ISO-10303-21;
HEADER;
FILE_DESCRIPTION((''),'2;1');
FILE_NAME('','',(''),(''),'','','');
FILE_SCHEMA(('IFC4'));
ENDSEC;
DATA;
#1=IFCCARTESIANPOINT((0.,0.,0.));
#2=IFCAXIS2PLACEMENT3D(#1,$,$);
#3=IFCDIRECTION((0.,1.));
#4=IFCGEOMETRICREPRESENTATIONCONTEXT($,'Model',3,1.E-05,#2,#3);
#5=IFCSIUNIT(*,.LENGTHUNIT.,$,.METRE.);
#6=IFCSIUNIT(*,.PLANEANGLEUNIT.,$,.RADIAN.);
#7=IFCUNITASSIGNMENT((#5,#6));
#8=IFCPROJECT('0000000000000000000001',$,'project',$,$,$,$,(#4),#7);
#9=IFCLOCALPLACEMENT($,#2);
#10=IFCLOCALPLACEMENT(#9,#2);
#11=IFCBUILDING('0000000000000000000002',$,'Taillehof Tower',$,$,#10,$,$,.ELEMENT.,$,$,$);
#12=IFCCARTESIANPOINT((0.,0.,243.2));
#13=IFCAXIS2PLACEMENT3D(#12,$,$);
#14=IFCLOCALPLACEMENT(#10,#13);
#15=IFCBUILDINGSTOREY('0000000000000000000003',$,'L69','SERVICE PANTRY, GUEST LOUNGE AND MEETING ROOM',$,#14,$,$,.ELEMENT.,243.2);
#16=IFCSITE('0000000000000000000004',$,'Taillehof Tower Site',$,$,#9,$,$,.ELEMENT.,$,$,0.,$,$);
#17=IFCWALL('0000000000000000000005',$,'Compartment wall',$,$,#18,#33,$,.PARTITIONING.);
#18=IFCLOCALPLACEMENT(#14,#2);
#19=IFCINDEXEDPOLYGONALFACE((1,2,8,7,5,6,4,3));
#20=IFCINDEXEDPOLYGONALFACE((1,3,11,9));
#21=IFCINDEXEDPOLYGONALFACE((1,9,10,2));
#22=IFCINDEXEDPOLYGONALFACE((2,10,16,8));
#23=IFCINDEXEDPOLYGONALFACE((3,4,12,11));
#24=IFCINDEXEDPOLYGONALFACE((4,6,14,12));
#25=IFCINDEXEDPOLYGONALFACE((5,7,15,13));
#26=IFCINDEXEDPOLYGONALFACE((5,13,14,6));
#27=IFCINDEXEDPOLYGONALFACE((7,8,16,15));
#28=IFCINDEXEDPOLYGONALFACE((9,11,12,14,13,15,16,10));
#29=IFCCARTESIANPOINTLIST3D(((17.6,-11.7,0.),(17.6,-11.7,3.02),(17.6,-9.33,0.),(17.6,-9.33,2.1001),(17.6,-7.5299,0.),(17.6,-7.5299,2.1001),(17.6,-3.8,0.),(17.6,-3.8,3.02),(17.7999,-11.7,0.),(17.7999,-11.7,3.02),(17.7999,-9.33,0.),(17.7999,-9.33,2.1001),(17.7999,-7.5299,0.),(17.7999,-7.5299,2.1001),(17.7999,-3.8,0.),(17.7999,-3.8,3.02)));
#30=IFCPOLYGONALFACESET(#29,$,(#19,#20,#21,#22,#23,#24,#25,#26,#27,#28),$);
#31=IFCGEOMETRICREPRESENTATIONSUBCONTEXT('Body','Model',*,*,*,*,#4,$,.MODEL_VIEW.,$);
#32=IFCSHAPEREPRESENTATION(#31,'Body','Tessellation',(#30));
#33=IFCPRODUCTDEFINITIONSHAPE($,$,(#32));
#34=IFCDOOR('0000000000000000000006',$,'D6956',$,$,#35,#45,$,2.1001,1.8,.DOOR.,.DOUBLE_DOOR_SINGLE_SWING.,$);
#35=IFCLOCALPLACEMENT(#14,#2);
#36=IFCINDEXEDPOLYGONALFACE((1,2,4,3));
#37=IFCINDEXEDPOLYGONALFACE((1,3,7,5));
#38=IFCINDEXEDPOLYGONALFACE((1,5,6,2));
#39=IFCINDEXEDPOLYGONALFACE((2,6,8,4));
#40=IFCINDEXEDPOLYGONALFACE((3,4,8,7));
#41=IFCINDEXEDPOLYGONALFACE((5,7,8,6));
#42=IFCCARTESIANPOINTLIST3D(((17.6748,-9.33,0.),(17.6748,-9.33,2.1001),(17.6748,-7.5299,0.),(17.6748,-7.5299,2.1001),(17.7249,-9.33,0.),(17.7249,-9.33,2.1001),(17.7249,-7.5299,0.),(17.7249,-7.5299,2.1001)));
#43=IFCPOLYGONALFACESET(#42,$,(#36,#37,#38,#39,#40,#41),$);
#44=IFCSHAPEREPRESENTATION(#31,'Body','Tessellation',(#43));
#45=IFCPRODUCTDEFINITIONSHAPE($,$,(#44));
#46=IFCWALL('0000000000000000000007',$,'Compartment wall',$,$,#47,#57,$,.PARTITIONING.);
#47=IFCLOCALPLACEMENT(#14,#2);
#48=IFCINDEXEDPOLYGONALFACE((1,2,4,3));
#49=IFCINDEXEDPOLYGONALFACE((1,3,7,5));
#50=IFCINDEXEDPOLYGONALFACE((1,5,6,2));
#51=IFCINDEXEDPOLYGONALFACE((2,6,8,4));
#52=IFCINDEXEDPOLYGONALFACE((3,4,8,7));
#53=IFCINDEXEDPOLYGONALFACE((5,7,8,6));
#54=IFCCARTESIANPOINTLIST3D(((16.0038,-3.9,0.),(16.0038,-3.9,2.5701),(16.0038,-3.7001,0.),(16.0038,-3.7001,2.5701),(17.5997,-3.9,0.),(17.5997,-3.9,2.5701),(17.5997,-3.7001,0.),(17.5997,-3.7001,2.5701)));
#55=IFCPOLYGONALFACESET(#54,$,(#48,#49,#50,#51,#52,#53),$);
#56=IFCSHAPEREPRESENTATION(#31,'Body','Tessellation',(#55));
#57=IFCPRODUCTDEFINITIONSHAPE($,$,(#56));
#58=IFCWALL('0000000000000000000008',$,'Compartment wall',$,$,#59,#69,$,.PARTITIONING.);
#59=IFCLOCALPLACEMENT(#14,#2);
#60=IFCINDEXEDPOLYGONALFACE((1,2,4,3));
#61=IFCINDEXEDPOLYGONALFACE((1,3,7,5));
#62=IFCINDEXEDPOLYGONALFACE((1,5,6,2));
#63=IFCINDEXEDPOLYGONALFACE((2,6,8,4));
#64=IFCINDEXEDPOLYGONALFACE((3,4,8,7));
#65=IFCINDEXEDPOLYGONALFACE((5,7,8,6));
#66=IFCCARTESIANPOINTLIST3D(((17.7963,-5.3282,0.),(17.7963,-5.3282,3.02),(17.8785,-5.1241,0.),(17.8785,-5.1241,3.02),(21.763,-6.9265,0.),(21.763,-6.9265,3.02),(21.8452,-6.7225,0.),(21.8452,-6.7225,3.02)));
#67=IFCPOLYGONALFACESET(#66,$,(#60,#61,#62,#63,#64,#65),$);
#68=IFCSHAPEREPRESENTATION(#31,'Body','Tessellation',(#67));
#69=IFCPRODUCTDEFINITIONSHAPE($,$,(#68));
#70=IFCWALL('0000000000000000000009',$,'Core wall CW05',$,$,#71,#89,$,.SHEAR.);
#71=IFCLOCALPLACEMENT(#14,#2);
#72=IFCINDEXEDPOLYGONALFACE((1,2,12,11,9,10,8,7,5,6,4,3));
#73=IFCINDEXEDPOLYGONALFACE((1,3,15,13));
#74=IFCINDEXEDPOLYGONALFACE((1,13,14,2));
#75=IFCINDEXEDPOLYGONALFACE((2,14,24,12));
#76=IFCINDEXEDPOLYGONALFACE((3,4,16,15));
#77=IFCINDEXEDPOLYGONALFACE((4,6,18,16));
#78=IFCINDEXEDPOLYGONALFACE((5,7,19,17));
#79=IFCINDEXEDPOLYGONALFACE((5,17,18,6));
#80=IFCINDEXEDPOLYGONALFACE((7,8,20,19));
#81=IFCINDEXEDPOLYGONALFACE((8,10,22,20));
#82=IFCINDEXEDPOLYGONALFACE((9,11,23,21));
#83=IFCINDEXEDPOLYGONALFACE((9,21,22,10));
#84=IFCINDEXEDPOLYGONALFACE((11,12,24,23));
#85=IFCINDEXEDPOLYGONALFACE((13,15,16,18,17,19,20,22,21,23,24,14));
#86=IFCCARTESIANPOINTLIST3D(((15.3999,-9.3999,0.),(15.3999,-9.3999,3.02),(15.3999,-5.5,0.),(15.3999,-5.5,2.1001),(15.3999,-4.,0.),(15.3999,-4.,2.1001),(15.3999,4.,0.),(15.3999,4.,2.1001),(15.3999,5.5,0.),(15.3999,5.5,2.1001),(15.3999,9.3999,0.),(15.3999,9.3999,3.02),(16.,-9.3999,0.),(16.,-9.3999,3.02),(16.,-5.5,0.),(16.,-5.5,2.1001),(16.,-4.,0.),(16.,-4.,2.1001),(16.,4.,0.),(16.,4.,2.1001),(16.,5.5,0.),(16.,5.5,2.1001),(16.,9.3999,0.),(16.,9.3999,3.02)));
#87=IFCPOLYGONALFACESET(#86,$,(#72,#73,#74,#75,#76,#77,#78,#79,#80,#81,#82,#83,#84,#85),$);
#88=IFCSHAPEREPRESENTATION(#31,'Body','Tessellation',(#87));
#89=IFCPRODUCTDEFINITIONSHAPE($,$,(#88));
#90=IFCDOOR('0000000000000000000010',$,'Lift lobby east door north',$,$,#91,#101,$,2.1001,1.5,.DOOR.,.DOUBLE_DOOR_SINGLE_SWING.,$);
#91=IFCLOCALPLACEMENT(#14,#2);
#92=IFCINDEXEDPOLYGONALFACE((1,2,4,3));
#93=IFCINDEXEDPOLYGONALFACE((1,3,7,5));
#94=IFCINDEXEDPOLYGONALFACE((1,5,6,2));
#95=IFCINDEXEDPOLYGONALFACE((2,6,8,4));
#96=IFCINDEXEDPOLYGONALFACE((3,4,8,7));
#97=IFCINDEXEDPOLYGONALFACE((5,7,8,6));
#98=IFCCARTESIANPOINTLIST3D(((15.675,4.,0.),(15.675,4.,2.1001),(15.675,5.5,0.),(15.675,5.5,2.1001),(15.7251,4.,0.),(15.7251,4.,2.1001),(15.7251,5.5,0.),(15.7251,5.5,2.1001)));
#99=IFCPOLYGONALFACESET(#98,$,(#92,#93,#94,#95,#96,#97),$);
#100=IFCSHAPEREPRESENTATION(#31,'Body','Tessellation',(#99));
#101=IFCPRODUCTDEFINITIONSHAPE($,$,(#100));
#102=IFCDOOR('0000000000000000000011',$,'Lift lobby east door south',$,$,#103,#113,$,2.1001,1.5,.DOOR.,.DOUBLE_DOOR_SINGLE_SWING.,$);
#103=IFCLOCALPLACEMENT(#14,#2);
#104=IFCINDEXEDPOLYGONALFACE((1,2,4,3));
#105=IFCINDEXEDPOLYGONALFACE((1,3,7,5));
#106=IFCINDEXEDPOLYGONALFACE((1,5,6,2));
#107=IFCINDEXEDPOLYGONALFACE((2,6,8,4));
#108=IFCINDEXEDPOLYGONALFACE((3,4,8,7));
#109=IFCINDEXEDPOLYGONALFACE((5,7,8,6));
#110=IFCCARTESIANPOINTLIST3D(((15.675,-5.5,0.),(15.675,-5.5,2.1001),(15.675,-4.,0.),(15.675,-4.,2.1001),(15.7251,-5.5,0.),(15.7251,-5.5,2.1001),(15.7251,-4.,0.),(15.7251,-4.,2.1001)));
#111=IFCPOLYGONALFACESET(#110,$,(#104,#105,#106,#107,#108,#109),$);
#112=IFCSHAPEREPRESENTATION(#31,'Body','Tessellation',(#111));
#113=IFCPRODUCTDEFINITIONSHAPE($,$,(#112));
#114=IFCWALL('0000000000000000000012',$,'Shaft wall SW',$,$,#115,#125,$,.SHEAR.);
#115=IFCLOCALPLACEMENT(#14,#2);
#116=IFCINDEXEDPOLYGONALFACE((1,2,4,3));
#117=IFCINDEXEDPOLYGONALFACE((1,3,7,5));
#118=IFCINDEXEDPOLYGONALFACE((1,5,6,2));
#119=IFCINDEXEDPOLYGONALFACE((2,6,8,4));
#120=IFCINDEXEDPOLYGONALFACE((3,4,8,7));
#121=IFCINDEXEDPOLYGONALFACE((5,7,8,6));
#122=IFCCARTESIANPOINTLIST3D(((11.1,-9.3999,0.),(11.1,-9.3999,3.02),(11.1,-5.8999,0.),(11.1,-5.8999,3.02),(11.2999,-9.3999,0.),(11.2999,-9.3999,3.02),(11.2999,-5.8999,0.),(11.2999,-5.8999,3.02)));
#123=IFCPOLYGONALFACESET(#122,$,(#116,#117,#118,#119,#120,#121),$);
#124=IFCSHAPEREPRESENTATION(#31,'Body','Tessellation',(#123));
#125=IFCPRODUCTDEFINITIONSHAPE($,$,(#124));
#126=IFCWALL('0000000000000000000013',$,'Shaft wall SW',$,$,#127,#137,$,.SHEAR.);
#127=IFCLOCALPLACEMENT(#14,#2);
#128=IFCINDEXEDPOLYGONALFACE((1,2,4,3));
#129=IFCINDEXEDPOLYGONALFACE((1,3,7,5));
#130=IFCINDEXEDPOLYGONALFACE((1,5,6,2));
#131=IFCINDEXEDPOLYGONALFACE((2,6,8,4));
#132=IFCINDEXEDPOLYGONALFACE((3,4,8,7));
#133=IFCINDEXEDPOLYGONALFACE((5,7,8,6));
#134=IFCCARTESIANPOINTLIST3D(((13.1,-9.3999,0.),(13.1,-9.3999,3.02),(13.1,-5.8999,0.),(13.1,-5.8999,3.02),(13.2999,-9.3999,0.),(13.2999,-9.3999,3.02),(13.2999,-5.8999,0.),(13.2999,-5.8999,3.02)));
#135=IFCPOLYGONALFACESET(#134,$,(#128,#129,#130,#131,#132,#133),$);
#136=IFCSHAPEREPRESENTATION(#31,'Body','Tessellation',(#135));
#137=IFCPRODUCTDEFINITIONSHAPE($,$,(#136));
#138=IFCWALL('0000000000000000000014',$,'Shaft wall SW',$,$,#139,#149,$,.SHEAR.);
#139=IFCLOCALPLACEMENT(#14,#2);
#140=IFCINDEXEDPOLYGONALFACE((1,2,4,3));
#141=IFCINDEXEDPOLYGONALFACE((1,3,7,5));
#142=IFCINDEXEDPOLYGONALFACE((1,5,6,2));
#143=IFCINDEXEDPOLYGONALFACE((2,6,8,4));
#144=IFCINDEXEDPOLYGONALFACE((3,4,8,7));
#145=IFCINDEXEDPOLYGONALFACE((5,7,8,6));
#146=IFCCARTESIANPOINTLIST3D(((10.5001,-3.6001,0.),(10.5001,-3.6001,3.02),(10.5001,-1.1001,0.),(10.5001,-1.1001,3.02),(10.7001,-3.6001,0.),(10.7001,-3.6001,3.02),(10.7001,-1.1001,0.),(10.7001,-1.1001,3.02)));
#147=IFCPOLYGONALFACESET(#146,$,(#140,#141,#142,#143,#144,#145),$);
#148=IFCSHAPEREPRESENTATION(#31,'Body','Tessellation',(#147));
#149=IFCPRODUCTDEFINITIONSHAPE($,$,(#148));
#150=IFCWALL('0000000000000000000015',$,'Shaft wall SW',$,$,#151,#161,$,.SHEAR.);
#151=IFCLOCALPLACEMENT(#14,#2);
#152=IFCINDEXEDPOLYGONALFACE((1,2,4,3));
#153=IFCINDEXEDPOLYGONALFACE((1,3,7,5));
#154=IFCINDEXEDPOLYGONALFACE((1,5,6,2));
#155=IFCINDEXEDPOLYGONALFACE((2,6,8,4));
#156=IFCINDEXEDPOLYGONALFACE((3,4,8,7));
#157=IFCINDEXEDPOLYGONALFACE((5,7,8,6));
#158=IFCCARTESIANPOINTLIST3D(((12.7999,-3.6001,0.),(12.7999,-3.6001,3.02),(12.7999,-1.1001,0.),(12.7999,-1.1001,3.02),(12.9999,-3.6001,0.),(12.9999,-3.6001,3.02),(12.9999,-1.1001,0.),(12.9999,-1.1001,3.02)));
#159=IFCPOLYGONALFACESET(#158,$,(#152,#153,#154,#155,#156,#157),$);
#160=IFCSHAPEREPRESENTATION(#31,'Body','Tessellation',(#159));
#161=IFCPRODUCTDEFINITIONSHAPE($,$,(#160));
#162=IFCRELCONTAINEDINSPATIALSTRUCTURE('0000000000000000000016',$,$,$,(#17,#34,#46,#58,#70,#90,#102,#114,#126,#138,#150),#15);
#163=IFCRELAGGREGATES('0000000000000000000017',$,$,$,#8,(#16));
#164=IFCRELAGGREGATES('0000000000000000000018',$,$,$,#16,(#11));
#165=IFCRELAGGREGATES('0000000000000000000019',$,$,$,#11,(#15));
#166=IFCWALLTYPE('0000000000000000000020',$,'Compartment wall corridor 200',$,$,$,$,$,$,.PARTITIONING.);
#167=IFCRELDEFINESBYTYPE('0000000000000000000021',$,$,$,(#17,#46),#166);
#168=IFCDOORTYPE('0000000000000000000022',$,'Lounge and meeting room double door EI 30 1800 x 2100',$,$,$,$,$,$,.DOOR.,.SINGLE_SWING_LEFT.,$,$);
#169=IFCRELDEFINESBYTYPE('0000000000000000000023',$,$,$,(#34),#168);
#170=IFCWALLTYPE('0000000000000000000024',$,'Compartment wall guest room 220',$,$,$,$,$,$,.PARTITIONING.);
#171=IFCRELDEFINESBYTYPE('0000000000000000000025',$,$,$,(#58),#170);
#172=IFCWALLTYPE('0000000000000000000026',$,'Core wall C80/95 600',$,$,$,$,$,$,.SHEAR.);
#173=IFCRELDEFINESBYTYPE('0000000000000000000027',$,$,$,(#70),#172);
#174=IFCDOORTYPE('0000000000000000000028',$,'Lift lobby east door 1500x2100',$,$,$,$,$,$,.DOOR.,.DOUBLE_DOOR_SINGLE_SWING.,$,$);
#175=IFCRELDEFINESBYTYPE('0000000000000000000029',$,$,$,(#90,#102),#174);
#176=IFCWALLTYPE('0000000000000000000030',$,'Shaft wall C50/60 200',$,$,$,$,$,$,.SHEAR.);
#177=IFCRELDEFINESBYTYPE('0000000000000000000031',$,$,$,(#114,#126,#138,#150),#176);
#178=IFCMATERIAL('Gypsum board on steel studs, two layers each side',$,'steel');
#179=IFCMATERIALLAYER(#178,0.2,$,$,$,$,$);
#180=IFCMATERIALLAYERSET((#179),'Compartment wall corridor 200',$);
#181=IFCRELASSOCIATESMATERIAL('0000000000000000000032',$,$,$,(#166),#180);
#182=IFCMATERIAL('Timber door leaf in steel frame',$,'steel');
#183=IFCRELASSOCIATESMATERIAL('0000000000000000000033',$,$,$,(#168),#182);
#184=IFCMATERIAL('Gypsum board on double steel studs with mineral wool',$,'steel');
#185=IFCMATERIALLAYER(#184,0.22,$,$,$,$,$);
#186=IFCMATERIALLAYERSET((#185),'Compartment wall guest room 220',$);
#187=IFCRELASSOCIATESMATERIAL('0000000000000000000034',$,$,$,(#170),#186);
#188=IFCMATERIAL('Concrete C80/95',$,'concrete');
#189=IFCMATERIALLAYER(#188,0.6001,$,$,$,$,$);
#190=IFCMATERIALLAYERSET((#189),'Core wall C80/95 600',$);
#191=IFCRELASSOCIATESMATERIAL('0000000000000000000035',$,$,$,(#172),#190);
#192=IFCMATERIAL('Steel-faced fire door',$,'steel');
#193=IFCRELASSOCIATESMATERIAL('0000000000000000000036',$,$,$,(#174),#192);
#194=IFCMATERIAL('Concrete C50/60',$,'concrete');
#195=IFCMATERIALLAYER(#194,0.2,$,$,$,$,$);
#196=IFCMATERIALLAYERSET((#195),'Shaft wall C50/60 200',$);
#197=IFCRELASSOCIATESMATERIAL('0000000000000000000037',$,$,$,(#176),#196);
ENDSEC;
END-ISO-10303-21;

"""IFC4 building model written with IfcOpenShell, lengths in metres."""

from ifc_helpers import new_model, si_unit, direction, frame, frame_2d, origin, place, context, subcontext, project, spatial, rectangle, extrude, material, layer, layer_set, type_object, element, fill, save


model = new_model("IFC4")

# Units and contexts
model_context = context("Model", 3, precision=1e-05, world=origin(), true_north=direction((0.0, 1.0)))
body_context = subcontext(model_context, "Body", "Model", "MODEL_VIEW")
ifc_project = project(units=[si_unit("LENGTHUNIT", "METRE"), si_unit("PLANEANGLEUNIT", "RADIAN")], contexts=[model_context])

# Site, building, storey
site_placement = place(None, origin())
site = spatial("IfcSite", under=ifc_project, at=site_placement, Name="Taillehof Tower Site", CompositionType="ELEMENT", RefElevation=0.0)
building_placement = place(site_placement, origin())
building = spatial("IfcBuilding", under=site, at=building_placement, Name="Taillehof Tower", CompositionType="ELEMENT")
storey_placement = place(building_placement, frame((0.0, 0.0, 243.2)))
storey = spatial("IfcBuildingStorey", under=building, at=storey_placement, Name="L69", Description="SERVICE PANTRY, GUEST LOUNGE AND MEETING ROOM", CompositionType="ELEMENT", Elevation=243.2)

# Wall, opening, door
ifc_material_1 = material(Name="Gypsum board on steel studs, two layers each side", Category="steel")
ifc_layer_1 = layer(ifc_material_1, 0.2)
ifc_layer_set_1 = layer_set([ifc_layer_1], Name="Compartment wall corridor 200")
wall_type_1 = type_object("IfcWallType", Name="Compartment wall corridor 200", PredefinedType="PARTITIONING", material=ifc_layer_set_1)
wall_1_placement = place(storey_placement, frame((17.7, -3.8, 0.0), z_axis=(0.0, 0.0, 1.0), x_axis=(0.0, -1.0, 0.0)))
wall_1 = element("IfcWall", 1, at=wall_1_placement, inside=storey, type_object=wall_type_1, Name="Compartment wall", PredefinedType="PARTITIONING", context=body_context, shape_type="SweptSolid", body=[
    extrude(rectangle(XDim=7.8999, YDim=0.2, at=frame_2d((3.95, 0.0))), origin(), (0.0, 0.0, 1.0), 3.02),
])
opening_1_placement = place(wall_1_placement, frame((3.73, 0.0, 0.0)))
opening_1 = element("IfcOpeningElement", 2, at=opening_1_placement, cuts=wall_1, PredefinedType="OPENING", context=body_context, shape_type="SweptSolid", body=[
    extrude(rectangle(XDim=1.8, YDim=2.1001, at=frame_2d((0.8999, 1.05))), frame((0.0, 0.1099, 0.0), z_axis=(0.0, -1.0, 0.0), x_axis=(1.0, 0.0, 0.0)), (0.0, 0.0, 1.0), 0.22),
])
ifc_material_2 = material(Name="Timber door leaf in steel frame", Category="steel")
door_type_1 = type_object("IfcDoorType", Name="Lounge and meeting room double door EI 30 1800 x 2100", OperationType="SINGLE_SWING_LEFT", PredefinedType="DOOR", material=ifc_material_2)
door_1_placement = place(opening_1_placement, origin())
door_1 = element("IfcDoor", 3, at=door_1_placement, inside=storey, type_object=door_type_1, Name="D6956", OperationType="DOUBLE_DOOR_SINGLE_SWING", OverallHeight=2.1001, OverallWidth=1.8, PredefinedType="DOOR", context=body_context, shape_type="SweptSolid", body=[
    extrude(rectangle(XDim=1.8, YDim=2.1001, at=frame_2d((0.8999, 1.05))), frame((0.0, 0.0249, 0.0), z_axis=(0.0, -1.0, 0.0), x_axis=(1.0, 0.0, 0.0)), (0.0, 0.0, 1.0), 0.05),
])
fill(opening_1, door_1)

# Walls
wall_2_placement = place(storey_placement, frame((16.0039, -3.8, 0.0), z_axis=(0.0, 0.0, 1.0), x_axis=(1.0, 0.0, 0.0)))
element("IfcWall", 4, at=wall_2_placement, inside=storey, type_object=wall_type_1, Name="Compartment wall", PredefinedType="PARTITIONING", context=body_context, shape_type="SweptSolid", body=[
    extrude(rectangle(XDim=1.5959, YDim=0.2, at=frame_2d((0.7979, 0.0))), origin(), (0.0, 0.0, 1.0), 2.5701),
])
ifc_material_3 = material(Name="Gypsum board on double steel studs with mineral wool", Category="steel")
ifc_layer_2 = layer(ifc_material_3, 0.22)
ifc_layer_set_2 = layer_set([ifc_layer_2], Name="Compartment wall guest room 220")
wall_type_2 = type_object("IfcWallType", Name="Compartment wall guest room 220", PredefinedType="PARTITIONING", material=ifc_layer_set_2)
wall_3_placement = place(storey_placement, frame((21.804, -6.8245, 0.0), z_axis=(0.0, 0.0, 1.0), x_axis=(-0.927533, 0.373742, 0.0)))
element("IfcWall", 5, at=wall_3_placement, inside=storey, type_object=wall_type_2, Name="Compartment wall", PredefinedType="PARTITIONING", context=body_context, shape_type="SweptSolid", body=[
    extrude(rectangle(XDim=4.2766, YDim=0.22, at=frame_2d((2.1382, 0.0))), origin(), (0.0, 0.0, 1.0), 3.02),
])

# Wall, openings, doors
ifc_material_4 = material(Name="Concrete C80/95", Category="concrete")
ifc_layer_3 = layer(ifc_material_4, 0.6001)
ifc_layer_set_3 = layer_set([ifc_layer_3], Name="Core wall C80/95 600")
wall_type_3 = type_object("IfcWallType", Name="Core wall C80/95 600", PredefinedType="SHEAR", material=ifc_layer_set_3)
wall_4_placement = place(storey_placement, frame((15.7, -9.3999, 0.0), z_axis=(0.0, 0.0, 1.0), x_axis=(0.0, 1.0, 0.0)))
wall_4 = element("IfcWall", 6, at=wall_4_placement, inside=storey, type_object=wall_type_3, Name="Core wall CW05", PredefinedType="SHEAR", context=body_context, shape_type="SweptSolid", body=[
    extrude(rectangle(XDim=18.7998, YDim=0.6001, at=frame_2d((9.3999, 0.0))), origin(), (0.0, 0.0, 1.0), 3.02),
])
opening_2_placement = place(wall_4_placement, frame((13.3999, 0.0, 0.0)))
opening_2 = element("IfcOpeningElement", 7, at=opening_2_placement, cuts=wall_4, PredefinedType="OPENING", context=body_context, shape_type="SweptSolid", body=[
    extrude(rectangle(XDim=1.5, YDim=2.1001, at=frame_2d((0.75, 1.05))), frame((0.0, 0.3101, 0.0), z_axis=(0.0, -1.0, 0.0), x_axis=(1.0, 0.0, 0.0)), (0.0, 0.0, 1.0), 0.6201),
])
opening_3_placement = place(wall_4_placement, frame((3.8999, 0.0, 0.0)))
opening_3 = element("IfcOpeningElement", 8, at=opening_3_placement, cuts=wall_4, PredefinedType="OPENING", context=body_context, shape_type="SweptSolid", body=[
    extrude(rectangle(XDim=1.5, YDim=2.1001, at=frame_2d((0.75, 1.05))), frame((0.0, 0.3101, 0.0), z_axis=(0.0, -1.0, 0.0), x_axis=(1.0, 0.0, 0.0)), (0.0, 0.0, 1.0), 0.6201),
])
ifc_material_5 = material(Name="Steel-faced fire door", Category="steel")
door_type_2 = type_object("IfcDoorType", Name="Lift lobby east door 1500x2100", OperationType="DOUBLE_DOOR_SINGLE_SWING", PredefinedType="DOOR", material=ifc_material_5)
door_2_placement = place(opening_2_placement, origin())
door_2 = element("IfcDoor", 9, at=door_2_placement, inside=storey, type_object=door_type_2, Name="Lift lobby east door north", OperationType="DOUBLE_DOOR_SINGLE_SWING", OverallHeight=2.1001, OverallWidth=1.5, PredefinedType="DOOR", context=body_context, shape_type="SweptSolid", body=[
    extrude(rectangle(XDim=1.5, YDim=2.1001, at=frame_2d((0.75, 1.05))), frame((0.0, 0.0249, 0.0), z_axis=(0.0, -1.0, 0.0), x_axis=(1.0, 0.0, 0.0)), (0.0, 0.0, 1.0), 0.05),
])
fill(opening_2, door_2)
door_3_placement = place(opening_3_placement, origin())
door_3 = element("IfcDoor", 10, at=door_3_placement, inside=storey, type_object=door_type_2, Name="Lift lobby east door south", OperationType="DOUBLE_DOOR_SINGLE_SWING", OverallHeight=2.1001, OverallWidth=1.5, PredefinedType="DOOR", context=body_context, shape_type="SweptSolid", body=[
    extrude(rectangle(XDim=1.5, YDim=2.1001, at=frame_2d((0.75, 1.05))), frame((0.0, 0.0249, 0.0), z_axis=(0.0, -1.0, 0.0), x_axis=(1.0, 0.0, 0.0)), (0.0, 0.0, 1.0), 0.05),
])
fill(opening_3, door_3)

# Walls
ifc_material_6 = material(Name="Concrete C50/60", Category="concrete")
ifc_layer_4 = layer(ifc_material_6, 0.2)
ifc_layer_set_4 = layer_set([ifc_layer_4], Name="Shaft wall C50/60 200")
wall_type_4 = type_object("IfcWallType", Name="Shaft wall C50/60 200", PredefinedType="SHEAR", material=ifc_layer_set_4)
for number, where, z_axis, x_axis, name in (
    (11, (11.2, -9.3999, 0.0), (0.0, 0.0, 1.0), (0.0, 1.0, 0.0), "Shaft wall SW"),
    (12, (13.2, -9.3999, 0.0), (0.0, 0.0, 1.0), (0.0, 1.0, 0.0), "Shaft wall SW"),
):
    element("IfcWall", number, at=place(storey_placement, frame(where, z_axis=z_axis, x_axis=x_axis)), inside=storey, type_object=wall_type_4, Name=name, PredefinedType="SHEAR", context=body_context, shape_type="SweptSolid", body=[
        extrude(rectangle(XDim=3.5, YDim=0.2, at=frame_2d((1.75, 0.0))), origin(), (0.0, 0.0, 1.0), 3.02),
    ])
for number, where, z_axis, x_axis, name in (
    (13, (10.6001, -3.6001, 0.0), (0.0, 0.0, 1.0), (0.0, 1.0, 0.0), "Shaft wall SW"),
    (14, (12.8999, -3.6001, 0.0), (0.0, 0.0, 1.0), (0.0, 1.0, 0.0), "Shaft wall SW"),
):
    element("IfcWall", number, at=place(storey_placement, frame(where, z_axis=z_axis, x_axis=x_axis)), inside=storey, type_object=wall_type_4, Name=name, PredefinedType="SHEAR", context=body_context, shape_type="SweptSolid", body=[
        extrude(rectangle(XDim=2.5, YDim=0.2, at=frame_2d((1.25, 0.0))), origin(), (0.0, 0.0, 1.0), 3.02),
    ])

save(model, "model.ifc")
